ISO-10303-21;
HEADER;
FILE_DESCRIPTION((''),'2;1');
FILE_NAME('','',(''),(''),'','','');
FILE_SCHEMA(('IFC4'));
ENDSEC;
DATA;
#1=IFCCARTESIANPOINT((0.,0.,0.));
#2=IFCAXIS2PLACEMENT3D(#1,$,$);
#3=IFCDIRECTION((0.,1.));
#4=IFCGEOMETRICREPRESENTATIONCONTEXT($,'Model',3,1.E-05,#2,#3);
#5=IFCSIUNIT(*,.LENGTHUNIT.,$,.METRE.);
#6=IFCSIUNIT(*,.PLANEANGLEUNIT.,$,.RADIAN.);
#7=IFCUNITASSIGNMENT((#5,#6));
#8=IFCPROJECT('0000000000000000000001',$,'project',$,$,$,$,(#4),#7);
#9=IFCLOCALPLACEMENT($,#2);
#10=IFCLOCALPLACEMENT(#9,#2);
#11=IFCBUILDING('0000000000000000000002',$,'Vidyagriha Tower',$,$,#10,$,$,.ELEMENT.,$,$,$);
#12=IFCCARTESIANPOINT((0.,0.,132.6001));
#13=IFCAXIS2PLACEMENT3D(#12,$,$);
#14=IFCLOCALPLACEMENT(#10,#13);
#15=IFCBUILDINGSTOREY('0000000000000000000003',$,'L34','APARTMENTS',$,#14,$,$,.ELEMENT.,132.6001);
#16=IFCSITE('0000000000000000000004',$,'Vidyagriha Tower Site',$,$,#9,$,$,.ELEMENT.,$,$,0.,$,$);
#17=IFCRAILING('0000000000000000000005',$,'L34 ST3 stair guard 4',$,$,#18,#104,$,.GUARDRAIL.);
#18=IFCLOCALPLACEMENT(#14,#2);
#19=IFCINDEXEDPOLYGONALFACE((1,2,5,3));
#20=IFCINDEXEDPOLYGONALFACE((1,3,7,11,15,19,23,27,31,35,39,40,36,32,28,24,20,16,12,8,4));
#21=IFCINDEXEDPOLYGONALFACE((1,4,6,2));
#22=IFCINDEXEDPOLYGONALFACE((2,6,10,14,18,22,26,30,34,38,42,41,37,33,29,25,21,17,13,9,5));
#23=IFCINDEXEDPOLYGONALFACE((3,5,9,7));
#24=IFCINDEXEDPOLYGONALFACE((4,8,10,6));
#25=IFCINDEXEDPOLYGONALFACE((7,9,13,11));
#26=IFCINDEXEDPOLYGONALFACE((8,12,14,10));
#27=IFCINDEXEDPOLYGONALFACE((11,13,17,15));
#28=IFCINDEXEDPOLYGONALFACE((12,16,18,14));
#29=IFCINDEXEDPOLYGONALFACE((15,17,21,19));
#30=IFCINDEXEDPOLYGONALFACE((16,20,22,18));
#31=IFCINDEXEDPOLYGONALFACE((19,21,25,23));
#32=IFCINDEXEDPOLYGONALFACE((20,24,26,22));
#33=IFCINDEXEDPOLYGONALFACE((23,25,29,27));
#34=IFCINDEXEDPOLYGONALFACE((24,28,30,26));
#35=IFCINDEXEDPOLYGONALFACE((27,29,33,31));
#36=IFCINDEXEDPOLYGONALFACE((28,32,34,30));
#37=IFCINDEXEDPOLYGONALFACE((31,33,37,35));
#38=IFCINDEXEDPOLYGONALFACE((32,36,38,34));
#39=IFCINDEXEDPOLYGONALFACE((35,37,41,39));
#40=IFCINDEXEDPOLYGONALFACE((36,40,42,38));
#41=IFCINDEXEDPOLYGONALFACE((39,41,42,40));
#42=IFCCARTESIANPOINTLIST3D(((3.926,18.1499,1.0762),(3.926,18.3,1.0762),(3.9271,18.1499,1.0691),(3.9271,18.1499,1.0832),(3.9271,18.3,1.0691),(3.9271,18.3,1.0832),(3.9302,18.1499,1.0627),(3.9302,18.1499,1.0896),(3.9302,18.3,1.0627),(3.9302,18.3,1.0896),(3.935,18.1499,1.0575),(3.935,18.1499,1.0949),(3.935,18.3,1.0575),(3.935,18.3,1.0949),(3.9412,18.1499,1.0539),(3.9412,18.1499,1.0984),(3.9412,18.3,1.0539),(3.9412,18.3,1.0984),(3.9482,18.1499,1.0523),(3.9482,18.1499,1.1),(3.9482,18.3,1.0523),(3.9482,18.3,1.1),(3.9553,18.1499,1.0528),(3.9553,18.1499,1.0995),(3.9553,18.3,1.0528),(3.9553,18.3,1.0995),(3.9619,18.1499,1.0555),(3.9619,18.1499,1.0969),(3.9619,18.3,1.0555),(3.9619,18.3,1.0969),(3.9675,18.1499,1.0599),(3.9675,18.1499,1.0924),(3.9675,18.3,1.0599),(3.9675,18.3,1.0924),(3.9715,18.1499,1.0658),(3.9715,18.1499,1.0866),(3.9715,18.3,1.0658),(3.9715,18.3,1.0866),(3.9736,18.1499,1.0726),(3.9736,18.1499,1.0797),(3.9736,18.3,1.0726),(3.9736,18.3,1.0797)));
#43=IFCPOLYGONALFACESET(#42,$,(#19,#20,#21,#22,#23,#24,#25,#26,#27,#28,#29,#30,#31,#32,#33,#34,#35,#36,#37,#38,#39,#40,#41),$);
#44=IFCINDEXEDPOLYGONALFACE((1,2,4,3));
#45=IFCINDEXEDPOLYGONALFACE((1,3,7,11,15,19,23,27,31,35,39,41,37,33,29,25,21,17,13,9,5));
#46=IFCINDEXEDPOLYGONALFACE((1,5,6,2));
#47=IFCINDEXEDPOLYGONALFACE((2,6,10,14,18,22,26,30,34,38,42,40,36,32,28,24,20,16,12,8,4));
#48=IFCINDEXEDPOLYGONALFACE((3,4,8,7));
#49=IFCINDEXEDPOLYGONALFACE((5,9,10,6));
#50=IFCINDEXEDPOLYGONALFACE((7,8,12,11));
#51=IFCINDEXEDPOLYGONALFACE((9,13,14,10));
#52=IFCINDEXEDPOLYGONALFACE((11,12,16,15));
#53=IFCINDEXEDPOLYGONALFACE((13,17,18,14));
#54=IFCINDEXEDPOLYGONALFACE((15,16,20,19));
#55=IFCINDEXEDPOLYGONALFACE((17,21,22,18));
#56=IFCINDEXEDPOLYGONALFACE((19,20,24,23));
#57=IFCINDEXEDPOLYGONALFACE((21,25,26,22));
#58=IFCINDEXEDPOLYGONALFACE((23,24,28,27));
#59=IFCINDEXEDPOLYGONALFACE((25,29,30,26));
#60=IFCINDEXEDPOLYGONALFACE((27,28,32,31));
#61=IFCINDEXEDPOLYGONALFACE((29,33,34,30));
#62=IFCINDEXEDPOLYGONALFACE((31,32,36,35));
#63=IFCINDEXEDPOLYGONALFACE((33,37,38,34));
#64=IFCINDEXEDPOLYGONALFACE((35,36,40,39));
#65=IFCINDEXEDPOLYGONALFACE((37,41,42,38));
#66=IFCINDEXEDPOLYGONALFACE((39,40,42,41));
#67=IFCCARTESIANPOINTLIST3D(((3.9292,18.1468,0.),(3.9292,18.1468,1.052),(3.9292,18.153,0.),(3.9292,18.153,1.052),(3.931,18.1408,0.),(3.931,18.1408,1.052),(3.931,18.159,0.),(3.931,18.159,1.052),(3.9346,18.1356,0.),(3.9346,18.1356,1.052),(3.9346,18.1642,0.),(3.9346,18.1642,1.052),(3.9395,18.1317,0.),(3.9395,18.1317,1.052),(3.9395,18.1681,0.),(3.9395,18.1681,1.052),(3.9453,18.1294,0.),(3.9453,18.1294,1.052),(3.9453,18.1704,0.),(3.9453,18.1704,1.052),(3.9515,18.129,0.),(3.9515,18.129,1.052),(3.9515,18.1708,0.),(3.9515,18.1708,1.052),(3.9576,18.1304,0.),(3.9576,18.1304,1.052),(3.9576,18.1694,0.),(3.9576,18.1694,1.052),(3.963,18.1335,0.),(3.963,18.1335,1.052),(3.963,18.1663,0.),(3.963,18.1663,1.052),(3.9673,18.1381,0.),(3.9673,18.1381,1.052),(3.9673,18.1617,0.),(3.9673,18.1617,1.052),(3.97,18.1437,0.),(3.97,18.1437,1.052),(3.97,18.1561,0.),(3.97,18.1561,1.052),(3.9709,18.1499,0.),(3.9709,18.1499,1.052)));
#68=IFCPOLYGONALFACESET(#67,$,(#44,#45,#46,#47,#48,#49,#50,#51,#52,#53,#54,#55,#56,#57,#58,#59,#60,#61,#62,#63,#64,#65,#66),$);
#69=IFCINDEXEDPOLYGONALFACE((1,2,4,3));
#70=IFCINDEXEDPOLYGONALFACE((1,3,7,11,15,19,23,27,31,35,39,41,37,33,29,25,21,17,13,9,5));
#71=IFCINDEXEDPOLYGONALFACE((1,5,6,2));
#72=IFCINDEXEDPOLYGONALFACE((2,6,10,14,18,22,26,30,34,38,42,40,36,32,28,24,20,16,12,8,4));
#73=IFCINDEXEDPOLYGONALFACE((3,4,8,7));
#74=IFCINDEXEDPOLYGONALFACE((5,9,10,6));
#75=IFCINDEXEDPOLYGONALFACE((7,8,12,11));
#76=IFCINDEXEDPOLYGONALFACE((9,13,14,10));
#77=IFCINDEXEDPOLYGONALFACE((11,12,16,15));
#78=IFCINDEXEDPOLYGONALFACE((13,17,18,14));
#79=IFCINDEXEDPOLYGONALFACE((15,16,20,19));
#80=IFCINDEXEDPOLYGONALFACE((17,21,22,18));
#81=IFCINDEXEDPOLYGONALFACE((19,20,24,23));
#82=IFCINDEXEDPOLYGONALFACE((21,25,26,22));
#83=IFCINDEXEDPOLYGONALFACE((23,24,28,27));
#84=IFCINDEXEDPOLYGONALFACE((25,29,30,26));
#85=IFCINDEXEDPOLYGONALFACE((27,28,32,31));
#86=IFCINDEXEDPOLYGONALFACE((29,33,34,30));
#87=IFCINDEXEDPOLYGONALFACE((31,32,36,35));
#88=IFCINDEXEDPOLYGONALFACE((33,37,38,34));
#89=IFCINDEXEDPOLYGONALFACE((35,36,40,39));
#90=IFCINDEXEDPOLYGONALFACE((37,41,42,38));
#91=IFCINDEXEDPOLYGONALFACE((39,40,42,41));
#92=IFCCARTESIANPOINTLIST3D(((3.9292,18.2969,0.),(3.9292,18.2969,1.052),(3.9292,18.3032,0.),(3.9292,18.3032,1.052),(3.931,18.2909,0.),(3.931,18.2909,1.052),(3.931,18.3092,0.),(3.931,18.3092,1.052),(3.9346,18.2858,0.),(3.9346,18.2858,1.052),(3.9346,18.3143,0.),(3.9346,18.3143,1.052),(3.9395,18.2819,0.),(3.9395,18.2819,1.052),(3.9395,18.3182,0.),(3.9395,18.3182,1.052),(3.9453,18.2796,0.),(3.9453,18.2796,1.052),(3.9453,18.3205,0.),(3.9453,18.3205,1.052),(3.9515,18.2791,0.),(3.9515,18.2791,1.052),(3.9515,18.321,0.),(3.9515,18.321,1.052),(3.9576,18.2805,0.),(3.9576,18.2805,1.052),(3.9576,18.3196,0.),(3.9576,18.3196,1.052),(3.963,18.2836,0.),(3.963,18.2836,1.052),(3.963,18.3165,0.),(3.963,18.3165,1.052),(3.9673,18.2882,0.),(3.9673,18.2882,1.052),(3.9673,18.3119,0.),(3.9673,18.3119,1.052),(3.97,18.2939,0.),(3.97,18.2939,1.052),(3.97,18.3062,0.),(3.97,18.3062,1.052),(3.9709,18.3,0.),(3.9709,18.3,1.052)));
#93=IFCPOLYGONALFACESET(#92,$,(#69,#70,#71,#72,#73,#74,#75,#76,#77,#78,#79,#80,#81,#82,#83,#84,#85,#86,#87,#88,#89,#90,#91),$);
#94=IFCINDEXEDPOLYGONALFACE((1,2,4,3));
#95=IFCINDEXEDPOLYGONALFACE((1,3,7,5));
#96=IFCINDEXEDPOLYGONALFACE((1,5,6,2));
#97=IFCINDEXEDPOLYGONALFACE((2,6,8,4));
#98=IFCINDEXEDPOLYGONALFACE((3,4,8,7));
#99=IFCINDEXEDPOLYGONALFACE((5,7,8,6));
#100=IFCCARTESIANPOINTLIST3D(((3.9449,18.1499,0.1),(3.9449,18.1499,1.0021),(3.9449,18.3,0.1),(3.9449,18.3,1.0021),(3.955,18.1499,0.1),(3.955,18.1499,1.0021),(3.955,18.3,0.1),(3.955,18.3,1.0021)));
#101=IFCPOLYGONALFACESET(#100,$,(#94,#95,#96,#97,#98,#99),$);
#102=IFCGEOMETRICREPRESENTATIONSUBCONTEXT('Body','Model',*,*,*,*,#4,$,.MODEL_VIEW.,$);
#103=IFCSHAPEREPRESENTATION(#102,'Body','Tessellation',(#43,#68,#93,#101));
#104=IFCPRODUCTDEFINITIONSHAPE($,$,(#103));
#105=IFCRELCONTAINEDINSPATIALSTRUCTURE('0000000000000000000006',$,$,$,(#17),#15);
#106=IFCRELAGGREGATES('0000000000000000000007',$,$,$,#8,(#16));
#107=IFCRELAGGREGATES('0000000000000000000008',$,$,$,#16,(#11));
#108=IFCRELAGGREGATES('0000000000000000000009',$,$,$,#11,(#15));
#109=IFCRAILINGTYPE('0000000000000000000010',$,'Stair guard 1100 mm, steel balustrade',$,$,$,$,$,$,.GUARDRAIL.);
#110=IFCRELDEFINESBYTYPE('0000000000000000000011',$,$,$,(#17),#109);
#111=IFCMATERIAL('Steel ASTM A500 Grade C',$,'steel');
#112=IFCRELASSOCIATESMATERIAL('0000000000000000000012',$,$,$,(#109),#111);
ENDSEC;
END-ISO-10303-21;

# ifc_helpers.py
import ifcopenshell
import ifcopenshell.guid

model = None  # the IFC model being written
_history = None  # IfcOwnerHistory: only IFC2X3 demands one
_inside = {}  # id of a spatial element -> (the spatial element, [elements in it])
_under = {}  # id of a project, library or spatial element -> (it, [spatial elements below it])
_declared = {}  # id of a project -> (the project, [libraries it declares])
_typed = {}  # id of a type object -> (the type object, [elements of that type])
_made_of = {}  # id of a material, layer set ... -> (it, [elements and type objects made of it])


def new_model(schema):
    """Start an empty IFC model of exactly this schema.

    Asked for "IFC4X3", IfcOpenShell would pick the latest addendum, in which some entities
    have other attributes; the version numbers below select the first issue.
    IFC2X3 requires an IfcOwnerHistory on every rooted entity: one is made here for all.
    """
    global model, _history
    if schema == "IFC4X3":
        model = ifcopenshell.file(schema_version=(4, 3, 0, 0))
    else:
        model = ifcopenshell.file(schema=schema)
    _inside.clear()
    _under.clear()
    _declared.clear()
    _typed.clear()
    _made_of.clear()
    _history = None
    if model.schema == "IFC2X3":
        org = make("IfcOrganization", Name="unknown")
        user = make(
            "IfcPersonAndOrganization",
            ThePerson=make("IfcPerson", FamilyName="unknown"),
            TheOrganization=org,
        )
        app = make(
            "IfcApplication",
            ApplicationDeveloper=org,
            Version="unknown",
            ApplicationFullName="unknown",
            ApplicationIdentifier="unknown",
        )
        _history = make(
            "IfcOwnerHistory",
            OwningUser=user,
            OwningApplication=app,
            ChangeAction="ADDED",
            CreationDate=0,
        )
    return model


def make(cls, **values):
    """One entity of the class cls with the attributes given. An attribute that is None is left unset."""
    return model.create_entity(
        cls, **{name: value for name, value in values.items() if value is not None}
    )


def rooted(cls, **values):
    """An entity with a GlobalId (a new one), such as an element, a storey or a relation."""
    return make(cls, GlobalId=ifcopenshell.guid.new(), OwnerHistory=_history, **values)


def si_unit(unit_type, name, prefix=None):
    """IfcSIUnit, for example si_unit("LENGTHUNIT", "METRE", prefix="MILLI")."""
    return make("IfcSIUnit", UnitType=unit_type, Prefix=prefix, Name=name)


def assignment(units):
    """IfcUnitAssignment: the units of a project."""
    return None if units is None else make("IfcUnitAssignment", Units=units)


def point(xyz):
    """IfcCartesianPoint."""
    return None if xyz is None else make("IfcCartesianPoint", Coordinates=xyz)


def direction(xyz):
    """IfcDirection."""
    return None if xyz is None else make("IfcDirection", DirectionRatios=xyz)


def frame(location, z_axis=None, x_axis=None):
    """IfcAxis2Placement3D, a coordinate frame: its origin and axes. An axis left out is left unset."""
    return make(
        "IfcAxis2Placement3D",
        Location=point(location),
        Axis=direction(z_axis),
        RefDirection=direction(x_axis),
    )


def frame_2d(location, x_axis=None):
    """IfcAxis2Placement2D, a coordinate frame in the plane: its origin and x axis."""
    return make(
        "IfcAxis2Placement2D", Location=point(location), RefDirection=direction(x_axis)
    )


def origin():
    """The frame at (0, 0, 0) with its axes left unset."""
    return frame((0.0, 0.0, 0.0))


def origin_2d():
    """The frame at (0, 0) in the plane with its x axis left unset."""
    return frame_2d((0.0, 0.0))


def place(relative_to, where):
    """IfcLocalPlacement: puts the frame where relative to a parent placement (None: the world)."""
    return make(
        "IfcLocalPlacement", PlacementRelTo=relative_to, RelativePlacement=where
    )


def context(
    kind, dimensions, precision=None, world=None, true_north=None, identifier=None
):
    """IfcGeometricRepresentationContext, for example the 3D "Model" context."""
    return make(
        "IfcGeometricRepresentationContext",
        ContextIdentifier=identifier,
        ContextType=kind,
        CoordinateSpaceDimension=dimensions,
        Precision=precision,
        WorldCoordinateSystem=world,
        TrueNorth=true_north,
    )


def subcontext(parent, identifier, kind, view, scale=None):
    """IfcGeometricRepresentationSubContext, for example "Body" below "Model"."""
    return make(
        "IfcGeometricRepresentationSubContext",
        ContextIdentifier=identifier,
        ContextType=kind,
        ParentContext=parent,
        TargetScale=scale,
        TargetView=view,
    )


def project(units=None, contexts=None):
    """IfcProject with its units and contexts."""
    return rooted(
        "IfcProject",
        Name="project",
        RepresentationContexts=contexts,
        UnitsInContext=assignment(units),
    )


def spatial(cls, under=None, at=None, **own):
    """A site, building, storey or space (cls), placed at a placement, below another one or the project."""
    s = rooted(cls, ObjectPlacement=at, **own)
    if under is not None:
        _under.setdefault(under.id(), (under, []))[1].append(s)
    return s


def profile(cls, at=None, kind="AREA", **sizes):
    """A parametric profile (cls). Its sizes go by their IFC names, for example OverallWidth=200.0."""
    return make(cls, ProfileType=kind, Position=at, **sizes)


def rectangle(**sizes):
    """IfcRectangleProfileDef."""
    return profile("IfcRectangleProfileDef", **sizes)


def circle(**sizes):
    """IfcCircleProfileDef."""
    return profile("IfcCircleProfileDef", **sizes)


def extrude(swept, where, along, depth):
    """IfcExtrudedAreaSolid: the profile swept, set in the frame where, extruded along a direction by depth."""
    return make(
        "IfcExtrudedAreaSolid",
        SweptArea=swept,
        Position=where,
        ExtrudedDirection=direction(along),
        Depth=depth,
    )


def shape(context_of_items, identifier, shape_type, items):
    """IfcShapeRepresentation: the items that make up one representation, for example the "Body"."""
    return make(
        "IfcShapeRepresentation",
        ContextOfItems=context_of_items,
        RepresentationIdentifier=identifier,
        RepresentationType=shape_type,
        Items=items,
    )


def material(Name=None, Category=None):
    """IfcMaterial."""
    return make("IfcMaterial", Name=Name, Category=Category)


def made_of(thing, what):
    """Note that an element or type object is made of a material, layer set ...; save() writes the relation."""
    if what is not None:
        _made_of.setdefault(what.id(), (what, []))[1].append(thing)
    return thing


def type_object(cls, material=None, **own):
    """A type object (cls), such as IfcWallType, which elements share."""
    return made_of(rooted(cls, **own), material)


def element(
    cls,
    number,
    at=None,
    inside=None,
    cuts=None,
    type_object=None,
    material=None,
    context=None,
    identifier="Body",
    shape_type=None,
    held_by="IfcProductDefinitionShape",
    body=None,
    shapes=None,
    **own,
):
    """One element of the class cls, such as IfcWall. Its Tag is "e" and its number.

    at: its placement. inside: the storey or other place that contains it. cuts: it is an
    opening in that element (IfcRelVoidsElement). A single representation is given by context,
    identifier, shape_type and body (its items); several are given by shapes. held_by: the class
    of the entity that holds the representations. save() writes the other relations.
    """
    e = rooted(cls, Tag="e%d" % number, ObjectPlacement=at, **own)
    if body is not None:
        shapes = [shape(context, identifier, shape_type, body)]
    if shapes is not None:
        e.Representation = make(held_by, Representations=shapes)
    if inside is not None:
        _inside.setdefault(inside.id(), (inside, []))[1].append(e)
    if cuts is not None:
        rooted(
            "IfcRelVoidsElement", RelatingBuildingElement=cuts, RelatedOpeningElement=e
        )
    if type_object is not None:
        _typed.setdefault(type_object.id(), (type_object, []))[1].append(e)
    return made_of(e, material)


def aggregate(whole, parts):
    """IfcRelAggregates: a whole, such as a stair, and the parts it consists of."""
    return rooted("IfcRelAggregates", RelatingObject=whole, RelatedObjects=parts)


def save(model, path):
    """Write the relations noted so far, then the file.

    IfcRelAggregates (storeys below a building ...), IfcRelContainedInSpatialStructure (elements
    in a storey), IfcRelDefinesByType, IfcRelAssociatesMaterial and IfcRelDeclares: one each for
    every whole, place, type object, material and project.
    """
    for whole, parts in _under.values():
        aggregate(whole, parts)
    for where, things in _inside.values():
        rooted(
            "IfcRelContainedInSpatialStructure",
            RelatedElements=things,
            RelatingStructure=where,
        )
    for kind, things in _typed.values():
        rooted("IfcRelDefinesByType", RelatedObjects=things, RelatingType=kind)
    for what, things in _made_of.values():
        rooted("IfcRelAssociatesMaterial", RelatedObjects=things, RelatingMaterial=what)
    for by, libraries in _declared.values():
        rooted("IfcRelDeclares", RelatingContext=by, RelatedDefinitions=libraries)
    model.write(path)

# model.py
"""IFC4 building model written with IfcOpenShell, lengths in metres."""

from ifc_helpers import new_model, si_unit, direction, frame, origin, origin_2d, place, context, subcontext, project, spatial, rectangle, circle, extrude, material, type_object, element, save


model = new_model("IFC4")

# Units and contexts
model_context = context("Model", 3, precision=1e-05, world=origin(), true_north=direction((0.0, 1.0)))
body_context = subcontext(model_context, "Body", "Model", "MODEL_VIEW")
ifc_project = project(units=[si_unit("LENGTHUNIT", "METRE"), si_unit("PLANEANGLEUNIT", "RADIAN")], contexts=[model_context])

# Site, building, storey
site_placement = place(None, origin())
site = spatial("IfcSite", under=ifc_project, at=site_placement, Name="Vidyagriha Tower Site", CompositionType="ELEMENT", RefElevation=0.0)
building_placement = place(site_placement, origin())
building = spatial("IfcBuilding", under=site, at=building_placement, Name="Vidyagriha Tower", CompositionType="ELEMENT")
storey_placement = place(building_placement, frame((0.0, 0.0, 132.6001)))
storey = spatial("IfcBuildingStorey", under=building, at=storey_placement, Name="L34", Description="APARTMENTS", CompositionType="ELEMENT", Elevation=132.6001)

# Railing
ifc_material_1 = material(Name="Steel ASTM A500 Grade C", Category="steel")
railing_type_1 = type_object("IfcRailingType", Name="Stair guard 1100 mm, steel balustrade", PredefinedType="GUARDRAIL", material=ifc_material_1)
railing_1_placement = place(storey_placement, frame((3.95, 18.1499, 0.0)))
element("IfcRailing", 1, at=railing_1_placement, inside=storey, type_object=railing_type_1, Name="L34 ST3 stair guard 4", PredefinedType="GUARDRAIL", context=body_context, shape_type="SweptSolid", body=[
    extrude(circle(Radius=0.0239, at=origin_2d()), frame((0.0, 0.0, 1.0762), z_axis=(0.0, 1.0, 0.0), x_axis=(-1.0, 0.0, 0.0)), (0.0, 0.0, 1.0), 0.1501),
    extrude(circle(Radius=0.021, at=origin_2d()), origin(), (0.0, 0.0, 1.0), 1.052),
    extrude(circle(Radius=0.021, at=origin_2d()), frame((0.0, 0.1501, 0.0)), (0.0, 0.0, 1.0), 1.052),
    extrude(rectangle(XDim=0.01, YDim=0.9021, at=origin_2d()), frame((0.0, 0.0, 0.551), z_axis=(0.0, 1.0, 0.0), x_axis=(-1.0, 0.0, 0.0)), (0.0, 0.0, 1.0), 0.1501),
])

save(model, "model.ifc")
